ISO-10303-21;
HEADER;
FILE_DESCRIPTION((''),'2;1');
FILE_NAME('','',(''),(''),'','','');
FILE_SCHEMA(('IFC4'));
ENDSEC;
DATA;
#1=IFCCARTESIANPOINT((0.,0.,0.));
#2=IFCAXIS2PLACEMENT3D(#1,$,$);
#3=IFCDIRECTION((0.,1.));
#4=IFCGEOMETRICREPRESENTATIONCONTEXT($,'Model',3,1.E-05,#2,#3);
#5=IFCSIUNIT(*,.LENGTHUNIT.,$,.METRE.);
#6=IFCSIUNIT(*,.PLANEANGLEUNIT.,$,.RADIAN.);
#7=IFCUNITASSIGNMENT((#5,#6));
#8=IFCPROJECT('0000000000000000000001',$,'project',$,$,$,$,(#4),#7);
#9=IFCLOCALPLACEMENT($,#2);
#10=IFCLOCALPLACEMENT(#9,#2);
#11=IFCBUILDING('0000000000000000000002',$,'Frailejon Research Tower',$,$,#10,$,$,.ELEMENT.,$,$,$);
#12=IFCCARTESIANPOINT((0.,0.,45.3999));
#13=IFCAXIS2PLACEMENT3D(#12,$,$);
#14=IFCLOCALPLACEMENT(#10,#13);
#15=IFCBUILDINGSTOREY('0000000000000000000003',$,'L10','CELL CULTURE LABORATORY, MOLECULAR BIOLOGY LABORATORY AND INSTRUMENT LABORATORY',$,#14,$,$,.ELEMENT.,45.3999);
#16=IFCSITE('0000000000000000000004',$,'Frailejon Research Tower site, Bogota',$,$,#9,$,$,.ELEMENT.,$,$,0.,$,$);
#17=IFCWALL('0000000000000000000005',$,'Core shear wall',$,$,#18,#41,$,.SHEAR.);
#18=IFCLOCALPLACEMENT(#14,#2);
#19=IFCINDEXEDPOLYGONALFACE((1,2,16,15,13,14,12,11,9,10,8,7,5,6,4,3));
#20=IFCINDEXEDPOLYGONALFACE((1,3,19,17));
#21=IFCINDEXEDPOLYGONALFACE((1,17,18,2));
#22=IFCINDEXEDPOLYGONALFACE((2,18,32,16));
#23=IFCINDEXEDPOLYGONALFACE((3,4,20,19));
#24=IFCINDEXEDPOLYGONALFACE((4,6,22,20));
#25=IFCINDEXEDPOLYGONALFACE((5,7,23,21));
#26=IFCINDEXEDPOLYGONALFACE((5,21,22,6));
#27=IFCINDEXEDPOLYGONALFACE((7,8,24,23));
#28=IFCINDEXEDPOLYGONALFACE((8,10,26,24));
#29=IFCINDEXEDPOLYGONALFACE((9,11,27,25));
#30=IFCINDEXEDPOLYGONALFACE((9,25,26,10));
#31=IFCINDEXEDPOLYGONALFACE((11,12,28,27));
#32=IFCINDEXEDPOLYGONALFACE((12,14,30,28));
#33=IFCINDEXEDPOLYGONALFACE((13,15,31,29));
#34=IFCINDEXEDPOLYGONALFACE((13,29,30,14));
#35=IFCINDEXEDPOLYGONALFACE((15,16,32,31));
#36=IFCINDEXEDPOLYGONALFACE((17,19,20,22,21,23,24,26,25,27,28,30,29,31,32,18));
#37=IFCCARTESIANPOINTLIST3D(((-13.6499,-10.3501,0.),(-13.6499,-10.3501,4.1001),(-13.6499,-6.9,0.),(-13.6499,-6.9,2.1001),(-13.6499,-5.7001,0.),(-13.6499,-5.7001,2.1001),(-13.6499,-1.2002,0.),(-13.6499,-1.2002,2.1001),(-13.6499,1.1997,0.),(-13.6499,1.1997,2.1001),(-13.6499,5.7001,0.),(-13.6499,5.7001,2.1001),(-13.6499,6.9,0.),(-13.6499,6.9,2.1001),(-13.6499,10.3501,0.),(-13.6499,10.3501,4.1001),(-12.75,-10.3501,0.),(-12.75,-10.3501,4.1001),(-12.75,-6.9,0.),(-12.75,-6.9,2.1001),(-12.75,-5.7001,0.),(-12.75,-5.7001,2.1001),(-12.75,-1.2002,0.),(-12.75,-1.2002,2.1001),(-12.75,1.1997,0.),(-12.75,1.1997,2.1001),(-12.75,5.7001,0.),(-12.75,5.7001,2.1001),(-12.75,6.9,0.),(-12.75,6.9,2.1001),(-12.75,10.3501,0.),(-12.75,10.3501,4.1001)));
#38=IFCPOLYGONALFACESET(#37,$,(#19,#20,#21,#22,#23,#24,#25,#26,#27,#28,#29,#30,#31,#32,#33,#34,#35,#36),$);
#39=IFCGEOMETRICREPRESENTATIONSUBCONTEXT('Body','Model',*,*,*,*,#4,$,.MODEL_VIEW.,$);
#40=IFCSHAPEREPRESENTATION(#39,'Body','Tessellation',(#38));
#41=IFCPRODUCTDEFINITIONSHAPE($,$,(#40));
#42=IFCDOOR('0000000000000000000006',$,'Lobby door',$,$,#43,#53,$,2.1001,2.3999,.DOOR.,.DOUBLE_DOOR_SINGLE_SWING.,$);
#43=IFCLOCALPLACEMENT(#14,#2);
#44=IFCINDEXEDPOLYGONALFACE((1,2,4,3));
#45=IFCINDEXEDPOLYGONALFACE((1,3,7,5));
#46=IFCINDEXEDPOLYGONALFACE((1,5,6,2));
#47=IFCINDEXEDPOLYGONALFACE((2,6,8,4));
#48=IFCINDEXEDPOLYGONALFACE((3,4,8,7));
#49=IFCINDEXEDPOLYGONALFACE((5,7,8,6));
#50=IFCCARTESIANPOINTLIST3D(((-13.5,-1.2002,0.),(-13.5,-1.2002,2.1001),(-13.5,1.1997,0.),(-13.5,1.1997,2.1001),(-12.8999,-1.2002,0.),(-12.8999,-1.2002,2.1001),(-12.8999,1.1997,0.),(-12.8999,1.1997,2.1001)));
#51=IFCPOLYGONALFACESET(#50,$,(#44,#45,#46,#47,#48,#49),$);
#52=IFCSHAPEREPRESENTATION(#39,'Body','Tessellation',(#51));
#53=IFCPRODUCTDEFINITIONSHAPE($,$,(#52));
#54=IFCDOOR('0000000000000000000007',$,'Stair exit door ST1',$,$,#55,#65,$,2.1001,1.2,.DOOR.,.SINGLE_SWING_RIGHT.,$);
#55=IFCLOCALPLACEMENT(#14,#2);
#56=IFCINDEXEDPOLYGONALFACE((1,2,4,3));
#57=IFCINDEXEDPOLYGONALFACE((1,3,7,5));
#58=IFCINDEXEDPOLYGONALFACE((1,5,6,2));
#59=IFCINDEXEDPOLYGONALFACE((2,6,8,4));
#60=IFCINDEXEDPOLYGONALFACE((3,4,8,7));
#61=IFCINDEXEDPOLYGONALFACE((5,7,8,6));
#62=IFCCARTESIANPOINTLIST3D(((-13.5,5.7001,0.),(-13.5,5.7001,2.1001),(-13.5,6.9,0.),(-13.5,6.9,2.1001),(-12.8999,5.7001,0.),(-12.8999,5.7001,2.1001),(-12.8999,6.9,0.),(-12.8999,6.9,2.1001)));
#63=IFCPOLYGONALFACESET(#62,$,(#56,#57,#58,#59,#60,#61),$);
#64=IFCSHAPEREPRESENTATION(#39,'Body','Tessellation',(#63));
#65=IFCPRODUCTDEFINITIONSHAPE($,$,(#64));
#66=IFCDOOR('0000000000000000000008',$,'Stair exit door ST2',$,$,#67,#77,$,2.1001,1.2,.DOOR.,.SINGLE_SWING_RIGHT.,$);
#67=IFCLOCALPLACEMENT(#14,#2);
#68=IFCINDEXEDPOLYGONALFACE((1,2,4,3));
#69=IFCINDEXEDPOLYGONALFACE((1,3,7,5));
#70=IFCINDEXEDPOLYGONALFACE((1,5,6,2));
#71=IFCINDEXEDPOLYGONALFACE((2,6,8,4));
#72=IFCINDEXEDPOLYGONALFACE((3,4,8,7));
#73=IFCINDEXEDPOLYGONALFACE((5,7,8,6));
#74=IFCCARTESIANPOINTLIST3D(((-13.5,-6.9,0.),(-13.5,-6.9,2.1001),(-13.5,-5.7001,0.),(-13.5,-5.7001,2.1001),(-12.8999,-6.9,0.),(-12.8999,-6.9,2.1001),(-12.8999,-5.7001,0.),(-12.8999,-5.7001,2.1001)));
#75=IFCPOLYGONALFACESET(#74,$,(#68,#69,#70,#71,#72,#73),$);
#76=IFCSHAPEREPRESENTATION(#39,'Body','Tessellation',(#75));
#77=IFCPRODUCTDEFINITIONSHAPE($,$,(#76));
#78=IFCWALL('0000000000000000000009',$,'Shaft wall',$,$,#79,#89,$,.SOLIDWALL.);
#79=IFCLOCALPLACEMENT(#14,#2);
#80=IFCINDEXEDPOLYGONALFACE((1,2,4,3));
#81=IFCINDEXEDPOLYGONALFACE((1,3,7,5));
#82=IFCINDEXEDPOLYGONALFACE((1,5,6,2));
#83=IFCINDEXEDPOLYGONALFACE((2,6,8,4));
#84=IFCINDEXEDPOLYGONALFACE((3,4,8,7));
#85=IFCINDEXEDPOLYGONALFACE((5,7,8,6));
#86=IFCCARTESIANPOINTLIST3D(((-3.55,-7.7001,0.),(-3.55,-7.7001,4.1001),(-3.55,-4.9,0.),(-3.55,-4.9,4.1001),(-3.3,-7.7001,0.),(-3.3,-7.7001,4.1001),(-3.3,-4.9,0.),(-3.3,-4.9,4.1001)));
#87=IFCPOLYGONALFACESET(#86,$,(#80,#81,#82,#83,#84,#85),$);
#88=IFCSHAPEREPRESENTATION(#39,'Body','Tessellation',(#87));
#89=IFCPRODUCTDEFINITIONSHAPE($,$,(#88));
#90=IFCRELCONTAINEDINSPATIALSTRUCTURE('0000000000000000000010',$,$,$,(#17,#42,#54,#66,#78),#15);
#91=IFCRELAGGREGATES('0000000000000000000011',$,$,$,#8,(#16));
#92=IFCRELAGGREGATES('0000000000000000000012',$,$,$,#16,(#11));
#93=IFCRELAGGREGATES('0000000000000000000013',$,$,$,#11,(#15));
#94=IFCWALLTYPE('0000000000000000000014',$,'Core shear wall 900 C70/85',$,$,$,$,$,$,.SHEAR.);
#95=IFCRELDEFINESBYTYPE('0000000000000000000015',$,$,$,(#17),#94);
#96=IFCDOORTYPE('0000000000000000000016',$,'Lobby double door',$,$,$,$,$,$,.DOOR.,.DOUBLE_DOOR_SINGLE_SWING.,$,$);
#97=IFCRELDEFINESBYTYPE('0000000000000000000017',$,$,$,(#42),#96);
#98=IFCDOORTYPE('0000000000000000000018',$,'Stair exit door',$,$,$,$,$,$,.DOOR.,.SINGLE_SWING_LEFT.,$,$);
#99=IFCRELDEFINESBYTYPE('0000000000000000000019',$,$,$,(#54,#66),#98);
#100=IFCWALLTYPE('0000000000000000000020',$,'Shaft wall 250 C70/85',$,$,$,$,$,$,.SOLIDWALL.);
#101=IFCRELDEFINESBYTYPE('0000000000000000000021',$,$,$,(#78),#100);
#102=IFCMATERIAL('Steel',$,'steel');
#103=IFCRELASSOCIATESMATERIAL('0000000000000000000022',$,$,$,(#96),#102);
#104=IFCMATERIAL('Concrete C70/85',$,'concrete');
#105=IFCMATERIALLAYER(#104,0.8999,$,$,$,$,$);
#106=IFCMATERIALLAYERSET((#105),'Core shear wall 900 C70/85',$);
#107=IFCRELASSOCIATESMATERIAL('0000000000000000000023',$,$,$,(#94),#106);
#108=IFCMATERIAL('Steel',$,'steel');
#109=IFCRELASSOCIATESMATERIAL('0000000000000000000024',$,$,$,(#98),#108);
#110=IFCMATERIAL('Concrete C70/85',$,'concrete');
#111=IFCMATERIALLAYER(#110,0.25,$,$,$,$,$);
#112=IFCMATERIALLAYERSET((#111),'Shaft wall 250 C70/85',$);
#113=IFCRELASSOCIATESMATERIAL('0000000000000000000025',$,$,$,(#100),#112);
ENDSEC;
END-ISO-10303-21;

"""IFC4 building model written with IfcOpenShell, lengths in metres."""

from ifc_helpers import new_model, si_unit, direction, frame, frame_2d, origin, place, context, subcontext, project, spatial, rectangle, extrude, material, layer, layer_set, type_object, element, fill, save


model = new_model("IFC4")

# Units and contexts
model_context = context("Model", 3, precision=1e-05, world=origin(), true_north=direction((0.0, 1.0)))
body_context = subcontext(model_context, "Body", "Model", "MODEL_VIEW")
ifc_project = project(units=[si_unit("LENGTHUNIT", "METRE"), si_unit("PLANEANGLEUNIT", "RADIAN")], contexts=[model_context])

# Site, building, storey
site_placement = place(None, origin())
site = spatial("IfcSite", under=ifc_project, at=site_placement, Name="Frailejon Research Tower site, Bogota", CompositionType="ELEMENT", RefElevation=0.0)
building_placement = place(site_placement, origin())
building = spatial("IfcBuilding", under=site, at=building_placement, Name="Frailejon Research Tower", CompositionType="ELEMENT")
storey_placement = place(building_placement, frame((0.0, 0.0, 45.3999)))
storey = spatial("IfcBuildingStorey", under=building, at=storey_placement, Name="L10", Description="CELL CULTURE LABORATORY, MOLECULAR BIOLOGY LABORATORY AND INSTRUMENT LABORATORY", CompositionType="ELEMENT", Elevation=45.3999)

# Shared definitions
ifc_material_1 = material(Name="Steel", Category="steel")
door_type_1 = type_object("IfcDoorType", Name="Lobby double door", OperationType="DOUBLE_DOOR_SINGLE_SWING", PredefinedType="DOOR", material=ifc_material_1)

# Wall, openings, doors
ifc_material_2 = material(Name="Concrete C70/85", Category="concrete")
ifc_layer_1 = layer(ifc_material_2, 0.8999)
ifc_layer_set_1 = layer_set([ifc_layer_1], Name="Core shear wall 900 C70/85")
wall_type_1 = type_object("IfcWallType", Name="Core shear wall 900 C70/85", PredefinedType="SHEAR", material=ifc_layer_set_1)
wall_1_placement = place(storey_placement, frame((-13.2, -10.3501, 0.0), z_axis=(0.0, 0.0, 1.0), x_axis=(0.0, 1.0, 0.0)))
wall_1 = element("IfcWall", 1, at=wall_1_placement, inside=storey, type_object=wall_type_1, Name="Core shear wall", PredefinedType="SHEAR", context=body_context, shape_type="SweptSolid", body=[
    extrude(rectangle(XDim=20.7002, YDim=0.8999, at=frame_2d((10.3501, 0.0))), origin(), (0.0, 0.0, 1.0), 4.1001),
])
opening_1_placement = place(wall_1_placement, frame((9.1499, 0.0, 0.0)))
opening_1 = element("IfcOpeningElement", 2, at=opening_1_placement, cuts=wall_1, PredefinedType="OPENING", context=body_context, shape_type="SweptSolid", body=[
    extrude(rectangle(XDim=2.3999, YDim=2.1001, at=frame_2d((1.2, 1.05))), frame((0.0, 0.46, 0.0), z_axis=(0.0, -1.0, 0.0), x_axis=(1.0, 0.0, 0.0)), (0.0, 0.0, 1.0), 0.9199),
])
opening_2_placement = place(wall_1_placement, frame((16.05, 0.0, 0.0)))
opening_2 = element("IfcOpeningElement", 3, at=opening_2_placement, cuts=wall_1, PredefinedType="OPENING", context=body_context, shape_type="SweptSolid", body=[
    extrude(rectangle(XDim=1.2, YDim=2.1001, at=frame_2d((0.6001, 1.05))), frame((0.0, 0.46, 0.0), z_axis=(0.0, -1.0, 0.0), x_axis=(1.0, 0.0, 0.0)), (0.0, 0.0, 1.0), 0.9199),
])
opening_3_placement = place(wall_1_placement, frame((3.45, 0.0, 0.0)))
opening_3 = element("IfcOpeningElement", 4, at=opening_3_placement, cuts=wall_1, PredefinedType="OPENING", context=body_context, shape_type="SweptSolid", body=[
    extrude(rectangle(XDim=1.2, YDim=2.1001, at=frame_2d((0.6001, 1.05))), frame((0.0, 0.46, 0.0), z_axis=(0.0, -1.0, 0.0), x_axis=(1.0, 0.0, 0.0)), (0.0, 0.0, 1.0), 0.9199),
])
door_1_placement = place(opening_1_placement, origin())
door_1 = element("IfcDoor", 5, at=door_1_placement, inside=storey, type_object=door_type_1, Name="Lobby door", OperationType="DOUBLE_DOOR_SINGLE_SWING", OverallHeight=2.1001, OverallWidth=2.3999, PredefinedType="DOOR", context=body_context, shape_type="SweptSolid", body=[
    extrude(rectangle(XDim=2.3999, YDim=2.1001, at=frame_2d((1.2, 1.05))), frame((0.0, 0.3, 0.0), z_axis=(0.0, -1.0, 0.0), x_axis=(1.0, 0.0, 0.0)), (0.0, 0.0, 1.0), 0.6001),
])
fill(opening_1, door_1)
ifc_material_3 = material(Name="Steel", Category="steel")
door_type_2 = type_object("IfcDoorType", Name="Stair exit door", OperationType="SINGLE_SWING_LEFT", PredefinedType="DOOR", material=ifc_material_3)
door_2_placement = place(opening_2_placement, origin())
door_2 = element("IfcDoor", 6, at=door_2_placement, inside=storey, type_object=door_type_2, Name="Stair exit door ST1", OperationType="SINGLE_SWING_RIGHT", OverallHeight=2.1001, OverallWidth=1.2, PredefinedType="DOOR", context=body_context, shape_type="SweptSolid", body=[
    extrude(rectangle(XDim=1.2, YDim=2.1001, at=frame_2d((0.6001, 1.05))), frame((0.0, 0.3, 0.0), z_axis=(0.0, -1.0, 0.0), x_axis=(1.0, 0.0, 0.0)), (0.0, 0.0, 1.0), 0.6001),
])
fill(opening_2, door_2)
door_3_placement = place(opening_3_placement, origin())
door_3 = element("IfcDoor", 7, at=door_3_placement, inside=storey, type_object=door_type_2, Name="Stair exit door ST2", OperationType="SINGLE_SWING_RIGHT", OverallHeight=2.1001, OverallWidth=1.2, PredefinedType="DOOR", context=body_context, shape_type="SweptSolid", body=[
    extrude(rectangle(XDim=1.2, YDim=2.1001, at=frame_2d((0.6001, 1.05))), frame((0.0, 0.3, 0.0), z_axis=(0.0, -1.0, 0.0), x_axis=(1.0, 0.0, 0.0)), (0.0, 0.0, 1.0), 0.6001),
])
fill(opening_3, door_3)

# Wall
ifc_material_4 = material(Name="Concrete C70/85", Category="concrete")
ifc_layer_2 = layer(ifc_material_4, 0.25)
ifc_layer_set_2 = layer_set([ifc_layer_2], Name="Shaft wall 250 C70/85")
wall_type_2 = type_object("IfcWallType", Name="Shaft wall 250 C70/85", PredefinedType="SOLIDWALL", material=ifc_layer_set_2)
wall_2_placement = place(storey_placement, frame((-3.425, -7.7, 0.0), z_axis=(0.0, 0.0, 1.0), x_axis=(0.0, 1.0, 0.0)))
element("IfcWall", 8, at=wall_2_placement, inside=storey, type_object=wall_type_2, Name="Shaft wall", PredefinedType="SOLIDWALL", context=body_context, shape_type="SweptSolid", body=[
    extrude(rectangle(XDim=2.8, YDim=0.25, at=frame_2d((1.3999, 0.0))), origin(), (0.0, 0.0, 1.0), 4.1001),
])

save(model, "model.ifc")
